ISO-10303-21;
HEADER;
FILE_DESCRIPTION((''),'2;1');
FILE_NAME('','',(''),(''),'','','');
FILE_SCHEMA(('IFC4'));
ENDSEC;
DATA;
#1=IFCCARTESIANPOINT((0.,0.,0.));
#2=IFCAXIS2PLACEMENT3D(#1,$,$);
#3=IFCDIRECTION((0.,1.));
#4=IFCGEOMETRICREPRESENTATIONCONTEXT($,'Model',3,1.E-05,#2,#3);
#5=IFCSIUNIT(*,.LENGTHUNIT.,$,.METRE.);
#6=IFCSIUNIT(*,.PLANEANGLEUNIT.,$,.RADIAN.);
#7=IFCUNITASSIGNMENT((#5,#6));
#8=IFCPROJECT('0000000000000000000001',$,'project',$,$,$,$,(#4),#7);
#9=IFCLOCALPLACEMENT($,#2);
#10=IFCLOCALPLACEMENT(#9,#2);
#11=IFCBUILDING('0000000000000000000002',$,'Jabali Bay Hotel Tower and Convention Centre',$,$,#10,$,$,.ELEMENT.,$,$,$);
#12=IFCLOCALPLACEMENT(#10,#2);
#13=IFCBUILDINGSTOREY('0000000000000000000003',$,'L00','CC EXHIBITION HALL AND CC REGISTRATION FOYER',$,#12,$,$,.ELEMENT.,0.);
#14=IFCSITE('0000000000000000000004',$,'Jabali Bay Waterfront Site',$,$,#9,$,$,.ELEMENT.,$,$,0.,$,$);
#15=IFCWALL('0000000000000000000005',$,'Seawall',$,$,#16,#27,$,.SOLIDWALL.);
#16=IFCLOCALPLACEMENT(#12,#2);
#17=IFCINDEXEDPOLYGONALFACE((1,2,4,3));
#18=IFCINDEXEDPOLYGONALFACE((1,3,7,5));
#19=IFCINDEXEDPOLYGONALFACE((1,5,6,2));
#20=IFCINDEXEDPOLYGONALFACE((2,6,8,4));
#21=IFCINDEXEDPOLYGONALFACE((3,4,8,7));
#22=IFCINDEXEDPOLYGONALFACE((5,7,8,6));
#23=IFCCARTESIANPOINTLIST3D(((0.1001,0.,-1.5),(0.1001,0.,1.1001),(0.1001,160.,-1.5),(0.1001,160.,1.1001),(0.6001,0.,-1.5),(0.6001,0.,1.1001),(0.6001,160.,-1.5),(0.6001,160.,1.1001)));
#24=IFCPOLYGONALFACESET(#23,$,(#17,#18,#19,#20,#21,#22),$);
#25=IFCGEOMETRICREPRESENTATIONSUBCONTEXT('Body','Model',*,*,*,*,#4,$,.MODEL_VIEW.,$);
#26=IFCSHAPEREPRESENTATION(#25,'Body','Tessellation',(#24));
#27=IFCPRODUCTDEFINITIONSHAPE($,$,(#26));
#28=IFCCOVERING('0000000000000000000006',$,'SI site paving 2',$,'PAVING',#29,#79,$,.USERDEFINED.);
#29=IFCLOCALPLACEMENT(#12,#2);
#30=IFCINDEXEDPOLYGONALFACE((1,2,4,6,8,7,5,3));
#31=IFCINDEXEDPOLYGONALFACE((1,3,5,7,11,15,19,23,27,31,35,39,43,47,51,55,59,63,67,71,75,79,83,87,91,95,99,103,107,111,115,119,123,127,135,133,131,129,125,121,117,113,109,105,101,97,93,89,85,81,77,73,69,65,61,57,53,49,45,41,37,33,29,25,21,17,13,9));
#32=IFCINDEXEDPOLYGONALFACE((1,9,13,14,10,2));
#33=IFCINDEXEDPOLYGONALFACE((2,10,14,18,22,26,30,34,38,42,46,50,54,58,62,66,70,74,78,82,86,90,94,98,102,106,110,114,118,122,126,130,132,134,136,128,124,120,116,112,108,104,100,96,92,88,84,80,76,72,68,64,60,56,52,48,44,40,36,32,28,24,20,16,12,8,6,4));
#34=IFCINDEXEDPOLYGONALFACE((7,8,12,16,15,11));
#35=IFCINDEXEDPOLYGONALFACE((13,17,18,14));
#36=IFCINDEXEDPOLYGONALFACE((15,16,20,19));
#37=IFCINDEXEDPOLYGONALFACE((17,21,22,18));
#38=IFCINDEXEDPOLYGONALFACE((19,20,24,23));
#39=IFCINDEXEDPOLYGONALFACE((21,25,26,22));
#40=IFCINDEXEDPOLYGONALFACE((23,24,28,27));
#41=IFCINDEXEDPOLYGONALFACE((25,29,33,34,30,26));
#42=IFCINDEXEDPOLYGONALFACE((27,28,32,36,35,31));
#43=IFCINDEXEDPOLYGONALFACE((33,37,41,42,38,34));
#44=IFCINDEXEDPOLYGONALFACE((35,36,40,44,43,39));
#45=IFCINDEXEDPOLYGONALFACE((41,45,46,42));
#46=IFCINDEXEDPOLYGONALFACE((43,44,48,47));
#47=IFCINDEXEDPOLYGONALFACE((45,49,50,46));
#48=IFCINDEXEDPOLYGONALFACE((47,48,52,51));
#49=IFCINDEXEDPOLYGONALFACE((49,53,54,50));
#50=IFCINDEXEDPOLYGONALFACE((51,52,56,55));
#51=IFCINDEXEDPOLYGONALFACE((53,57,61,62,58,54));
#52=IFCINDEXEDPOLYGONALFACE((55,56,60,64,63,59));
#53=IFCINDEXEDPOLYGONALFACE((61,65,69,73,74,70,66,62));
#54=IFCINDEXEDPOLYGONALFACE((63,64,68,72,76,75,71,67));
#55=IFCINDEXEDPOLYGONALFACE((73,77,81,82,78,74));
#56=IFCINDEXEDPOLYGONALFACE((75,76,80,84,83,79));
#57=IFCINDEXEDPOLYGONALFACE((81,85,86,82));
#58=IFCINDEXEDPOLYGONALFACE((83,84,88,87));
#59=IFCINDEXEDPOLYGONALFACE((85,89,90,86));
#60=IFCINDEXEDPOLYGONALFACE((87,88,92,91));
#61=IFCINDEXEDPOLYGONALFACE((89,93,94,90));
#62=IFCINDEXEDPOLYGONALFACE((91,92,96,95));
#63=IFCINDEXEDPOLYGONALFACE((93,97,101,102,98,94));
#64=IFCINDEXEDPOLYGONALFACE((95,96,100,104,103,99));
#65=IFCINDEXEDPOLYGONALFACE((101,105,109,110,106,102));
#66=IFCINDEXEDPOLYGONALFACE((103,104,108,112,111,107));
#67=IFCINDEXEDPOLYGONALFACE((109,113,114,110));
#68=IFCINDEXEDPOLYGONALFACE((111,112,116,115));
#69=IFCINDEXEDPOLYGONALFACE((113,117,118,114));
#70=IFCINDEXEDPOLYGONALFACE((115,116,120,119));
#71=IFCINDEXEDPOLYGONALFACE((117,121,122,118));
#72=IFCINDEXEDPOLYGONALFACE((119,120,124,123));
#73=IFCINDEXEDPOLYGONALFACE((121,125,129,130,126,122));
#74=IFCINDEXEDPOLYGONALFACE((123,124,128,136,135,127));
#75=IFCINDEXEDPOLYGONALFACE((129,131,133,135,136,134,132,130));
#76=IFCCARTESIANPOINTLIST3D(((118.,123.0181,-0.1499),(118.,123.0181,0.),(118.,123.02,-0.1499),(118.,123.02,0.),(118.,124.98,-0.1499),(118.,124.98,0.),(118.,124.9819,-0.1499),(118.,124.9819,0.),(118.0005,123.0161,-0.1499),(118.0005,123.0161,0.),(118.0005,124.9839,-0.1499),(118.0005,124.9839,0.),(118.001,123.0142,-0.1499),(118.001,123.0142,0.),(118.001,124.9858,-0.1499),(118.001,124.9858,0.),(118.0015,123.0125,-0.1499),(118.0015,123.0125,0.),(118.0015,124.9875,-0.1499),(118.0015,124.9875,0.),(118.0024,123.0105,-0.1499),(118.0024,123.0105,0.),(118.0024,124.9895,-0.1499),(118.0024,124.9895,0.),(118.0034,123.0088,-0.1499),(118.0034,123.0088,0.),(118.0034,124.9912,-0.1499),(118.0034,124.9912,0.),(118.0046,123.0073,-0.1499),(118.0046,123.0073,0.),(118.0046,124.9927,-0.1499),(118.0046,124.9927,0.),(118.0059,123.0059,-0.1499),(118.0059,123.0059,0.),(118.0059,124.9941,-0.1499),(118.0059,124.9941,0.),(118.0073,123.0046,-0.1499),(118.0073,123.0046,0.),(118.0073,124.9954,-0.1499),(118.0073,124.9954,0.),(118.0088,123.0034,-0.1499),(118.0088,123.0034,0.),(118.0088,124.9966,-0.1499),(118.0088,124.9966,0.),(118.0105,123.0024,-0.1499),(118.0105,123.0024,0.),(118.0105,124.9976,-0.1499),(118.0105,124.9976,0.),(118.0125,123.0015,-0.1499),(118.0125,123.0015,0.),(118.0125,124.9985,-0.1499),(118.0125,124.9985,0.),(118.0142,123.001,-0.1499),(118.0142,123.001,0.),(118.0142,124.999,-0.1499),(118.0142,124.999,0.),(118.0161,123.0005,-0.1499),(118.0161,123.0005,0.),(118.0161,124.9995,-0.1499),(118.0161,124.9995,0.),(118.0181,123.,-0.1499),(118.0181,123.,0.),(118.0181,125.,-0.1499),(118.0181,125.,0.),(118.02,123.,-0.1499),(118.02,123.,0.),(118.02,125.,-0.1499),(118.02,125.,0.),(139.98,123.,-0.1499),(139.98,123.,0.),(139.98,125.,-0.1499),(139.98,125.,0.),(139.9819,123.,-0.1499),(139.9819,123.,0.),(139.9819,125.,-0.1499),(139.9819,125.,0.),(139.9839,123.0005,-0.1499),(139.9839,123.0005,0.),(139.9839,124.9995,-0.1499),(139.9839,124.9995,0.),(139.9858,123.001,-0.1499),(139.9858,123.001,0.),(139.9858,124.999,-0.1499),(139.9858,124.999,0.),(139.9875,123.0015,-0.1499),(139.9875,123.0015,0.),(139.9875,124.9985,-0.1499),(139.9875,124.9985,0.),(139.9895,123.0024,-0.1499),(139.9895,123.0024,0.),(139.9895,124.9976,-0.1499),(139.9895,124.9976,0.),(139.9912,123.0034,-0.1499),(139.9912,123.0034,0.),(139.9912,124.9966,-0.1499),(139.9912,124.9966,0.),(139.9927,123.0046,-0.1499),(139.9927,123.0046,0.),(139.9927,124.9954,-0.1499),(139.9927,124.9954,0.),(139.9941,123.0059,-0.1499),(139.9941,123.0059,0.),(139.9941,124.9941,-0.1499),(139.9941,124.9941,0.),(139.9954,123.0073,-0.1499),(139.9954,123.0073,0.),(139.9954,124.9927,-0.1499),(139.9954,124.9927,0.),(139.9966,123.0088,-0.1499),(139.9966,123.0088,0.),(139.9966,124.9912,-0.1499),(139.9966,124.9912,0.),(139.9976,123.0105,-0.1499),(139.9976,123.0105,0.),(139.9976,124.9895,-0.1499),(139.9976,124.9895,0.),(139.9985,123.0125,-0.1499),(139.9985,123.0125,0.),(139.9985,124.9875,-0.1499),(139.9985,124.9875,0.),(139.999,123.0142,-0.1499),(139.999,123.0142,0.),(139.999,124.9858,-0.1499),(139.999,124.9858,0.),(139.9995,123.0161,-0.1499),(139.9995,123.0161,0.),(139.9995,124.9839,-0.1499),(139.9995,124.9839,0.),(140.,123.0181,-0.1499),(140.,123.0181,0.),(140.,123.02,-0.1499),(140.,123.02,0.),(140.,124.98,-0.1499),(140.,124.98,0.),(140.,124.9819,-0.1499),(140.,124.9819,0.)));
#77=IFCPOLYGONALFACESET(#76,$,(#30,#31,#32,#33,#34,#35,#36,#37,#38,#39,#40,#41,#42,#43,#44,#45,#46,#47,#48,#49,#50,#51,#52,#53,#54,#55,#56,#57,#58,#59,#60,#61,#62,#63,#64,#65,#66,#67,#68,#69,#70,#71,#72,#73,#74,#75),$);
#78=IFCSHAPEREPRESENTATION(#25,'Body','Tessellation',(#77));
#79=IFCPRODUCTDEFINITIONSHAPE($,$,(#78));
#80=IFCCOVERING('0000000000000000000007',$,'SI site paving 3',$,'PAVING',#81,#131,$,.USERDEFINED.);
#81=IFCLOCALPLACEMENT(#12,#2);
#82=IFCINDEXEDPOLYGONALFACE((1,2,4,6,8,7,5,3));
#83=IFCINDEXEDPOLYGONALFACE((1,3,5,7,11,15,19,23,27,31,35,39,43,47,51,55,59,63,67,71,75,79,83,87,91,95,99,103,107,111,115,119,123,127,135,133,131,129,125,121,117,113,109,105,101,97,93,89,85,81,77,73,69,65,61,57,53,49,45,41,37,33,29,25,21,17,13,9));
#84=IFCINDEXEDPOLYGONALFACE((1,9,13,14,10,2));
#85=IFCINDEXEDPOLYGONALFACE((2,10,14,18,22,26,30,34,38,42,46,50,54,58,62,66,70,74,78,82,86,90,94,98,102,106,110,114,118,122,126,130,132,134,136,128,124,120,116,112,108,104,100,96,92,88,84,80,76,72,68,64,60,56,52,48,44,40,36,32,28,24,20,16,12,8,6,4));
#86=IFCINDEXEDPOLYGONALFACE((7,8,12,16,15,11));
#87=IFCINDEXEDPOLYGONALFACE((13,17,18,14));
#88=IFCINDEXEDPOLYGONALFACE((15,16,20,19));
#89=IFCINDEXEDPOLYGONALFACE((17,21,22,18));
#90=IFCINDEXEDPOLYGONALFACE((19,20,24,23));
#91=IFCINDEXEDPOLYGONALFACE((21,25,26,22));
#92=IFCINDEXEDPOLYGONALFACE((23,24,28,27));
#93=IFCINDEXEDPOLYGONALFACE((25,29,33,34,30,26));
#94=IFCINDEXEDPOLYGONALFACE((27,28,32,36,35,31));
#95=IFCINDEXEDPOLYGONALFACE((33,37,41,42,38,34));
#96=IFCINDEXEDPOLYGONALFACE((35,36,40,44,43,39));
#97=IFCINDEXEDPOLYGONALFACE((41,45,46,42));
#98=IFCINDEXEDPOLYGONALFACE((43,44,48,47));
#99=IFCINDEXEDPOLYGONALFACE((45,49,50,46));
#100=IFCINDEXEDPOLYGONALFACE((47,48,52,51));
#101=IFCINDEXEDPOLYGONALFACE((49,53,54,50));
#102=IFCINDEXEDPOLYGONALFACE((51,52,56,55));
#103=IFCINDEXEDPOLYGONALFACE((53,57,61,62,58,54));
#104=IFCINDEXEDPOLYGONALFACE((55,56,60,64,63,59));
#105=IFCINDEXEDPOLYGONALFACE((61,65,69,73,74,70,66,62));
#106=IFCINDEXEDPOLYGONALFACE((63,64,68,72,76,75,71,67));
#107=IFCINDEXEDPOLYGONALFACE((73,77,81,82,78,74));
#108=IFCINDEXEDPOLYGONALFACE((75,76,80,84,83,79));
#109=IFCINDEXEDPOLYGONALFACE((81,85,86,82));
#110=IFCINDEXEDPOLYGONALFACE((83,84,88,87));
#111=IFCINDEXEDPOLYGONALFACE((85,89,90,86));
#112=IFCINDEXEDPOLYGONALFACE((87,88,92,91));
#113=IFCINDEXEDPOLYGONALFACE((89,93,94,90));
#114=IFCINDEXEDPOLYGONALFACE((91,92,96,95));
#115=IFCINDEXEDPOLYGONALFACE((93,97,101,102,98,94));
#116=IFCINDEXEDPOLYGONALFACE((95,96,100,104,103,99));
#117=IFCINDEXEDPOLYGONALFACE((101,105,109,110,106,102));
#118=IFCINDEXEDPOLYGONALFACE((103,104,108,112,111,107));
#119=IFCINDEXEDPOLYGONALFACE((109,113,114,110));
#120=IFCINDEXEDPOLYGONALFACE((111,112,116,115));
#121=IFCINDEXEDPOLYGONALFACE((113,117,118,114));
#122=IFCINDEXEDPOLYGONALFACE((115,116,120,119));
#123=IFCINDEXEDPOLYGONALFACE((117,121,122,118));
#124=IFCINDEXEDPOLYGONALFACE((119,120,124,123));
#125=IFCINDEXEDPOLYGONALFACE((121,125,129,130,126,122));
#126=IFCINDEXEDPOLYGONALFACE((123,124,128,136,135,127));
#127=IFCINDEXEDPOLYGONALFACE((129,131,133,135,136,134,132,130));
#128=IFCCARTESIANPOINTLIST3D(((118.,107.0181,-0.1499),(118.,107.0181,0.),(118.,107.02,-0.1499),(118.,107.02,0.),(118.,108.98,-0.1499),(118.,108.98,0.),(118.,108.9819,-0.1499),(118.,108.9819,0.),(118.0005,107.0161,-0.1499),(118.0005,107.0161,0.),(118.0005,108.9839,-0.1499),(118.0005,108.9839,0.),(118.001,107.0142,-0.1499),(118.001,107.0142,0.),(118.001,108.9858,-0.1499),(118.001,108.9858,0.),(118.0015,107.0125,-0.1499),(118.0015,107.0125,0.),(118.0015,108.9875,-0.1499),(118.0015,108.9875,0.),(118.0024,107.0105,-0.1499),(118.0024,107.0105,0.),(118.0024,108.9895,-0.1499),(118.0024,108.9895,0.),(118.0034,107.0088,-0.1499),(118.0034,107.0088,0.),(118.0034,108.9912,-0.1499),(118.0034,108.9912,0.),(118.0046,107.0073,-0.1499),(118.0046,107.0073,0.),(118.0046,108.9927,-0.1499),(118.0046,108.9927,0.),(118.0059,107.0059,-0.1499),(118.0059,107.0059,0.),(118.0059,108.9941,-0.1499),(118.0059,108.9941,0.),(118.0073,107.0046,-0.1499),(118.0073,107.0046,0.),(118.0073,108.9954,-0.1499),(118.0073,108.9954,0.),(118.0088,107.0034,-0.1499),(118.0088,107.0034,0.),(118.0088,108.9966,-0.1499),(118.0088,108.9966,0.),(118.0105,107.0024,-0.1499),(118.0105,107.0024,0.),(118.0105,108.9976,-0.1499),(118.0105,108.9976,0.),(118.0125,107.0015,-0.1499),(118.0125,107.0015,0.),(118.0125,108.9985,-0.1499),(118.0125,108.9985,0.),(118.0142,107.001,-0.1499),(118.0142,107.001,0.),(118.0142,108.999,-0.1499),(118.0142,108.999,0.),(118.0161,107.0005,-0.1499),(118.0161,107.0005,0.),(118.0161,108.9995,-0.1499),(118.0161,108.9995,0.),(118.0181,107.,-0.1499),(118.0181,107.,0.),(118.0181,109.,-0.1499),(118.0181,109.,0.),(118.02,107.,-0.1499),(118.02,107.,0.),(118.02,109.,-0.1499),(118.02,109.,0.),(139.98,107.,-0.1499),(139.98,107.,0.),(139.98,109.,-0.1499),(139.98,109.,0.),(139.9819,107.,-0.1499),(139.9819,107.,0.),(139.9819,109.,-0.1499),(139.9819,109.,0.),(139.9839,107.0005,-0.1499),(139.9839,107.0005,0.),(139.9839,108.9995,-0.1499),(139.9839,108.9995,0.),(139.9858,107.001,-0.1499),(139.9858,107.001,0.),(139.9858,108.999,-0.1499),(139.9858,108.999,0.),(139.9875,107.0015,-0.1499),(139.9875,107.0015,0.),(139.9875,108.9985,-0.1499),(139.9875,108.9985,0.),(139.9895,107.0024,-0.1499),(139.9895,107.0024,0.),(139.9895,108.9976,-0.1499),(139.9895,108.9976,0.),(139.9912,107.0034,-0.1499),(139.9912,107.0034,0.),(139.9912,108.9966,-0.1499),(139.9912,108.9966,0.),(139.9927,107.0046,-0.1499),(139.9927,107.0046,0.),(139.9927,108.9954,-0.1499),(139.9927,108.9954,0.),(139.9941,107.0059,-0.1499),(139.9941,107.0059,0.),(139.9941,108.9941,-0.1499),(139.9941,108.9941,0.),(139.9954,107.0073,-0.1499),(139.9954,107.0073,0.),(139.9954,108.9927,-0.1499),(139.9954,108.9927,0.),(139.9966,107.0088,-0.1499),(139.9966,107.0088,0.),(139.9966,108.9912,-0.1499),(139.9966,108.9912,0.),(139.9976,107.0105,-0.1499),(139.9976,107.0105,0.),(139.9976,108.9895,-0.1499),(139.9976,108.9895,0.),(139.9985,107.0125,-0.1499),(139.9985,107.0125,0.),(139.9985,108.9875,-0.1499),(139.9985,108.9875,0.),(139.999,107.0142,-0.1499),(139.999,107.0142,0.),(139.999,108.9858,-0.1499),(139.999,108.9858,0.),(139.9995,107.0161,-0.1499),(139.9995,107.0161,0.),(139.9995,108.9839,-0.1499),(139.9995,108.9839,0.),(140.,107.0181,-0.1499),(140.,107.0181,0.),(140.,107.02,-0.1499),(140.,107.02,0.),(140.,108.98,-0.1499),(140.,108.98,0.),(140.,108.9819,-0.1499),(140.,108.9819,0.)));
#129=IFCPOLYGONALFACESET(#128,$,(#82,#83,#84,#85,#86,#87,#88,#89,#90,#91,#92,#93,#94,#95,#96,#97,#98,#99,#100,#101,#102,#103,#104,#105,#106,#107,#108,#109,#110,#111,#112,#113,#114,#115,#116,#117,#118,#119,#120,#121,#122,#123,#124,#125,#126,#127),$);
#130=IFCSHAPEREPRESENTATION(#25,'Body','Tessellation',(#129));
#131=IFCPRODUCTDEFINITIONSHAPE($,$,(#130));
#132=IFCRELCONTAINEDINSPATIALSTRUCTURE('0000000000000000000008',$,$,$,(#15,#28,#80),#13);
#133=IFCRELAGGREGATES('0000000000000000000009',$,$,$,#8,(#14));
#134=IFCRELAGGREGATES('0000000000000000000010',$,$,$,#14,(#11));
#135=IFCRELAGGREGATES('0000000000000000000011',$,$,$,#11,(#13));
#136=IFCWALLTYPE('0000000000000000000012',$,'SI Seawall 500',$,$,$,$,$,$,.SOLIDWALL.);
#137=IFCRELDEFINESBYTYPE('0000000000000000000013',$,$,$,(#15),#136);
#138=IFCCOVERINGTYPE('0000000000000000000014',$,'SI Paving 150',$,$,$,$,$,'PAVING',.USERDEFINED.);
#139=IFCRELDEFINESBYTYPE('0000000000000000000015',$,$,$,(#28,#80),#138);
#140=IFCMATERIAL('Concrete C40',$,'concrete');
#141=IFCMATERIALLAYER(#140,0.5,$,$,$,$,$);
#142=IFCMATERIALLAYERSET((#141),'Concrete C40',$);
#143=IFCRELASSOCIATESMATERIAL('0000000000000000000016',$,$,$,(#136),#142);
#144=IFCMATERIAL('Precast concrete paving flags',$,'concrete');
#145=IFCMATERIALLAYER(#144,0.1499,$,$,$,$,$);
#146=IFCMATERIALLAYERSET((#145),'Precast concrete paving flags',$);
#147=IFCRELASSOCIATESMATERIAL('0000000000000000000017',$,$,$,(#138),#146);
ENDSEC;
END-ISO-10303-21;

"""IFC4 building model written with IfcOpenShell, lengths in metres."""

from ifc_helpers import new_model, si_unit, direction, frame, frame_2d, origin, place, context, subcontext, project, spatial, polyline, rectangle, outline, extrude, material, layer, layer_set, type_object, element, save


model = new_model("IFC4")

# Units and contexts
model_context = context("Model", 3, precision=1e-05, world=origin(), true_north=direction((0.0, 1.0)))
body_context = subcontext(model_context, "Body", "Model", "MODEL_VIEW")
ifc_project = project(units=[si_unit("LENGTHUNIT", "METRE"), si_unit("PLANEANGLEUNIT", "RADIAN")], contexts=[model_context])

# Site, building, storey
site_placement = place(None, origin())
site = spatial("IfcSite", under=ifc_project, at=site_placement, Name="Jabali Bay Waterfront Site", CompositionType="ELEMENT", RefElevation=0.0)
building_placement = place(site_placement, origin())
building = spatial("IfcBuilding", under=site, at=building_placement, Name="Jabali Bay Hotel Tower and Convention Centre", CompositionType="ELEMENT")
storey_placement = place(building_placement, origin())
storey = spatial("IfcBuildingStorey", under=building, at=storey_placement, Name="L00", Description="CC EXHIBITION HALL AND CC REGISTRATION FOYER", CompositionType="ELEMENT", Elevation=0.0)

# Shared definitions
ifc_material_1 = material(Name="Concrete C40", Category="concrete")

# Wall
ifc_layer_1 = layer(ifc_material_1, 0.5)
ifc_layer_set_1 = layer_set([ifc_layer_1], Name="Concrete C40")
wall_type_1 = type_object("IfcWallType", Name="SI Seawall 500", PredefinedType="SOLIDWALL", material=ifc_layer_set_1)
wall_1_placement = place(storey_placement, frame((0.3501, 0.0, -1.5), z_axis=(0.0, 0.0, 1.0), x_axis=(0.0, 1.0, 0.0)))
element("IfcWall", 1, at=wall_1_placement, inside=storey, type_object=wall_type_1, Name="Seawall", PredefinedType="SOLIDWALL", context=body_context, shape_type="SweptSolid", body=[
    extrude(rectangle(XDim=160.0, YDim=0.5, at=frame_2d((80.0, 0.0))), origin(), (0.0, 0.0, 1.0), 2.6001),
])

# Coverings
ifc_material_2 = material(Name="Precast concrete paving flags", Category="concrete")
ifc_layer_2 = layer(ifc_material_2, 0.1499)
ifc_layer_set_2 = layer_set([ifc_layer_2], Name="Precast concrete paving flags")
covering_type = type_object("IfcCoveringType", Name="SI Paving 150", ElementType="PAVING", PredefinedType="USERDEFINED", material=ifc_layer_set_2)
covering_1_placement = place(storey_placement, frame((0.0, 0.0, -0.1499)))
element("IfcCovering", 2, at=covering_1_placement, inside=storey, type_object=covering_type, Name="SI site paving 2", ObjectType="PAVING", PredefinedType="USERDEFINED", context=body_context, shape_type="SweptSolid", body=[
    extrude(outline(polyline([(140.0, 123.0181), (140.0, 123.02), (140.0, 124.98), (140.0, 124.9819), (139.9995, 124.9839), (139.999, 124.9858), (139.9985, 124.9875), (139.9976, 124.9895), (139.9966, 124.9912), (139.9954, 124.9927), (139.9941, 124.9941), (139.9927, 124.9954), (139.9912, 124.9966), (139.9895, 124.9976), (139.9875, 124.9985), (139.9858, 124.999), (139.9839, 124.9995), (139.9819, 125.0), (139.98, 125.0), (118.02, 125.0), (118.0181, 125.0), (118.0161, 124.9995), (118.0142, 124.999), (118.0125, 124.9985), (118.0105, 124.9976), (118.0088, 124.9966), (118.0073, 124.9954), (118.0059, 124.9941), (118.0046, 124.9927), (118.0034, 124.9912), (118.0024, 124.9895), (118.0015, 124.9875), (118.001, 124.9858), (118.0005, 124.9839), (118.0, 124.9819), (118.0, 124.98), (118.0, 123.02), (118.0, 123.0181), (118.0005, 123.0161), (118.001, 123.0142), (118.0015, 123.0125), (118.0024, 123.0105), (118.0034, 123.0088), (118.0046, 123.0073), (118.0059, 123.0059), (118.0073, 123.0046), (118.0088, 123.0034), (118.0105, 123.0024), (118.0125, 123.0015), (118.0142, 123.001), (118.0161, 123.0005), (118.0181, 123.0), (118.02, 123.0), (139.98, 123.0), (139.9819, 123.0), (139.9839, 123.0005), (139.9858, 123.001), (139.9875, 123.0015), (139.9895, 123.0024), (139.9912, 123.0034), (139.9927, 123.0046), (139.9941, 123.0059), (139.9954, 123.0073), (139.9966, 123.0088), (139.9976, 123.0105), (139.9985, 123.0125), (139.999, 123.0142), (139.9995, 123.0161), (140.0, 123.0181)])), origin(), (0.0, 0.0, 1.0), 0.1499),
])
covering_2_placement = place(storey_placement, frame((0.0, 0.0, -0.1499)))
element("IfcCovering", 3, at=covering_2_placement, inside=storey, type_object=covering_type, Name="SI site paving 3", ObjectType="PAVING", PredefinedType="USERDEFINED", context=body_context, shape_type="SweptSolid", body=[
    extrude(outline(polyline([(140.0, 107.0181), (140.0, 107.02), (140.0, 108.98), (140.0, 108.9819), (139.9995, 108.9839), (139.999, 108.9858), (139.9985, 108.9875), (139.9976, 108.9895), (139.9966, 108.9912), (139.9954, 108.9927), (139.9941, 108.9941), (139.9927, 108.9954), (139.9912, 108.9966), (139.9895, 108.9976), (139.9875, 108.9985), (139.9858, 108.999), (139.9839, 108.9995), (139.9819, 109.0), (139.98, 109.0), (118.02, 109.0), (118.0181, 109.0), (118.0161, 108.9995), (118.0142, 108.999), (118.0125, 108.9985), (118.0105, 108.9976), (118.0088, 108.9966), (118.0073, 108.9954), (118.0059, 108.9941), (118.0046, 108.9927), (118.0034, 108.9912), (118.0024, 108.9895), (118.0015, 108.9875), (118.001, 108.9858), (118.0005, 108.9839), (118.0, 108.9819), (118.0, 108.98), (118.0, 107.02), (118.0, 107.0181), (118.0005, 107.0161), (118.001, 107.0142), (118.0015, 107.0125), (118.0024, 107.0105), (118.0034, 107.0088), (118.0046, 107.0073), (118.0059, 107.0059), (118.0073, 107.0046), (118.0088, 107.0034), (118.0105, 107.0024), (118.0125, 107.0015), (118.0142, 107.001), (118.0161, 107.0005), (118.0181, 107.0), (118.02, 107.0), (139.98, 107.0), (139.9819, 107.0), (139.9839, 107.0005), (139.9858, 107.001), (139.9875, 107.0015), (139.9895, 107.0024), (139.9912, 107.0034), (139.9927, 107.0046), (139.9941, 107.0059), (139.9954, 107.0073), (139.9966, 107.0088), (139.9976, 107.0105), (139.9985, 107.0125), (139.999, 107.0142), (139.9995, 107.0161), (140.0, 107.0181)])), origin(), (0.0, 0.0, 1.0), 0.1499),
])

save(model, "model.ifc")
